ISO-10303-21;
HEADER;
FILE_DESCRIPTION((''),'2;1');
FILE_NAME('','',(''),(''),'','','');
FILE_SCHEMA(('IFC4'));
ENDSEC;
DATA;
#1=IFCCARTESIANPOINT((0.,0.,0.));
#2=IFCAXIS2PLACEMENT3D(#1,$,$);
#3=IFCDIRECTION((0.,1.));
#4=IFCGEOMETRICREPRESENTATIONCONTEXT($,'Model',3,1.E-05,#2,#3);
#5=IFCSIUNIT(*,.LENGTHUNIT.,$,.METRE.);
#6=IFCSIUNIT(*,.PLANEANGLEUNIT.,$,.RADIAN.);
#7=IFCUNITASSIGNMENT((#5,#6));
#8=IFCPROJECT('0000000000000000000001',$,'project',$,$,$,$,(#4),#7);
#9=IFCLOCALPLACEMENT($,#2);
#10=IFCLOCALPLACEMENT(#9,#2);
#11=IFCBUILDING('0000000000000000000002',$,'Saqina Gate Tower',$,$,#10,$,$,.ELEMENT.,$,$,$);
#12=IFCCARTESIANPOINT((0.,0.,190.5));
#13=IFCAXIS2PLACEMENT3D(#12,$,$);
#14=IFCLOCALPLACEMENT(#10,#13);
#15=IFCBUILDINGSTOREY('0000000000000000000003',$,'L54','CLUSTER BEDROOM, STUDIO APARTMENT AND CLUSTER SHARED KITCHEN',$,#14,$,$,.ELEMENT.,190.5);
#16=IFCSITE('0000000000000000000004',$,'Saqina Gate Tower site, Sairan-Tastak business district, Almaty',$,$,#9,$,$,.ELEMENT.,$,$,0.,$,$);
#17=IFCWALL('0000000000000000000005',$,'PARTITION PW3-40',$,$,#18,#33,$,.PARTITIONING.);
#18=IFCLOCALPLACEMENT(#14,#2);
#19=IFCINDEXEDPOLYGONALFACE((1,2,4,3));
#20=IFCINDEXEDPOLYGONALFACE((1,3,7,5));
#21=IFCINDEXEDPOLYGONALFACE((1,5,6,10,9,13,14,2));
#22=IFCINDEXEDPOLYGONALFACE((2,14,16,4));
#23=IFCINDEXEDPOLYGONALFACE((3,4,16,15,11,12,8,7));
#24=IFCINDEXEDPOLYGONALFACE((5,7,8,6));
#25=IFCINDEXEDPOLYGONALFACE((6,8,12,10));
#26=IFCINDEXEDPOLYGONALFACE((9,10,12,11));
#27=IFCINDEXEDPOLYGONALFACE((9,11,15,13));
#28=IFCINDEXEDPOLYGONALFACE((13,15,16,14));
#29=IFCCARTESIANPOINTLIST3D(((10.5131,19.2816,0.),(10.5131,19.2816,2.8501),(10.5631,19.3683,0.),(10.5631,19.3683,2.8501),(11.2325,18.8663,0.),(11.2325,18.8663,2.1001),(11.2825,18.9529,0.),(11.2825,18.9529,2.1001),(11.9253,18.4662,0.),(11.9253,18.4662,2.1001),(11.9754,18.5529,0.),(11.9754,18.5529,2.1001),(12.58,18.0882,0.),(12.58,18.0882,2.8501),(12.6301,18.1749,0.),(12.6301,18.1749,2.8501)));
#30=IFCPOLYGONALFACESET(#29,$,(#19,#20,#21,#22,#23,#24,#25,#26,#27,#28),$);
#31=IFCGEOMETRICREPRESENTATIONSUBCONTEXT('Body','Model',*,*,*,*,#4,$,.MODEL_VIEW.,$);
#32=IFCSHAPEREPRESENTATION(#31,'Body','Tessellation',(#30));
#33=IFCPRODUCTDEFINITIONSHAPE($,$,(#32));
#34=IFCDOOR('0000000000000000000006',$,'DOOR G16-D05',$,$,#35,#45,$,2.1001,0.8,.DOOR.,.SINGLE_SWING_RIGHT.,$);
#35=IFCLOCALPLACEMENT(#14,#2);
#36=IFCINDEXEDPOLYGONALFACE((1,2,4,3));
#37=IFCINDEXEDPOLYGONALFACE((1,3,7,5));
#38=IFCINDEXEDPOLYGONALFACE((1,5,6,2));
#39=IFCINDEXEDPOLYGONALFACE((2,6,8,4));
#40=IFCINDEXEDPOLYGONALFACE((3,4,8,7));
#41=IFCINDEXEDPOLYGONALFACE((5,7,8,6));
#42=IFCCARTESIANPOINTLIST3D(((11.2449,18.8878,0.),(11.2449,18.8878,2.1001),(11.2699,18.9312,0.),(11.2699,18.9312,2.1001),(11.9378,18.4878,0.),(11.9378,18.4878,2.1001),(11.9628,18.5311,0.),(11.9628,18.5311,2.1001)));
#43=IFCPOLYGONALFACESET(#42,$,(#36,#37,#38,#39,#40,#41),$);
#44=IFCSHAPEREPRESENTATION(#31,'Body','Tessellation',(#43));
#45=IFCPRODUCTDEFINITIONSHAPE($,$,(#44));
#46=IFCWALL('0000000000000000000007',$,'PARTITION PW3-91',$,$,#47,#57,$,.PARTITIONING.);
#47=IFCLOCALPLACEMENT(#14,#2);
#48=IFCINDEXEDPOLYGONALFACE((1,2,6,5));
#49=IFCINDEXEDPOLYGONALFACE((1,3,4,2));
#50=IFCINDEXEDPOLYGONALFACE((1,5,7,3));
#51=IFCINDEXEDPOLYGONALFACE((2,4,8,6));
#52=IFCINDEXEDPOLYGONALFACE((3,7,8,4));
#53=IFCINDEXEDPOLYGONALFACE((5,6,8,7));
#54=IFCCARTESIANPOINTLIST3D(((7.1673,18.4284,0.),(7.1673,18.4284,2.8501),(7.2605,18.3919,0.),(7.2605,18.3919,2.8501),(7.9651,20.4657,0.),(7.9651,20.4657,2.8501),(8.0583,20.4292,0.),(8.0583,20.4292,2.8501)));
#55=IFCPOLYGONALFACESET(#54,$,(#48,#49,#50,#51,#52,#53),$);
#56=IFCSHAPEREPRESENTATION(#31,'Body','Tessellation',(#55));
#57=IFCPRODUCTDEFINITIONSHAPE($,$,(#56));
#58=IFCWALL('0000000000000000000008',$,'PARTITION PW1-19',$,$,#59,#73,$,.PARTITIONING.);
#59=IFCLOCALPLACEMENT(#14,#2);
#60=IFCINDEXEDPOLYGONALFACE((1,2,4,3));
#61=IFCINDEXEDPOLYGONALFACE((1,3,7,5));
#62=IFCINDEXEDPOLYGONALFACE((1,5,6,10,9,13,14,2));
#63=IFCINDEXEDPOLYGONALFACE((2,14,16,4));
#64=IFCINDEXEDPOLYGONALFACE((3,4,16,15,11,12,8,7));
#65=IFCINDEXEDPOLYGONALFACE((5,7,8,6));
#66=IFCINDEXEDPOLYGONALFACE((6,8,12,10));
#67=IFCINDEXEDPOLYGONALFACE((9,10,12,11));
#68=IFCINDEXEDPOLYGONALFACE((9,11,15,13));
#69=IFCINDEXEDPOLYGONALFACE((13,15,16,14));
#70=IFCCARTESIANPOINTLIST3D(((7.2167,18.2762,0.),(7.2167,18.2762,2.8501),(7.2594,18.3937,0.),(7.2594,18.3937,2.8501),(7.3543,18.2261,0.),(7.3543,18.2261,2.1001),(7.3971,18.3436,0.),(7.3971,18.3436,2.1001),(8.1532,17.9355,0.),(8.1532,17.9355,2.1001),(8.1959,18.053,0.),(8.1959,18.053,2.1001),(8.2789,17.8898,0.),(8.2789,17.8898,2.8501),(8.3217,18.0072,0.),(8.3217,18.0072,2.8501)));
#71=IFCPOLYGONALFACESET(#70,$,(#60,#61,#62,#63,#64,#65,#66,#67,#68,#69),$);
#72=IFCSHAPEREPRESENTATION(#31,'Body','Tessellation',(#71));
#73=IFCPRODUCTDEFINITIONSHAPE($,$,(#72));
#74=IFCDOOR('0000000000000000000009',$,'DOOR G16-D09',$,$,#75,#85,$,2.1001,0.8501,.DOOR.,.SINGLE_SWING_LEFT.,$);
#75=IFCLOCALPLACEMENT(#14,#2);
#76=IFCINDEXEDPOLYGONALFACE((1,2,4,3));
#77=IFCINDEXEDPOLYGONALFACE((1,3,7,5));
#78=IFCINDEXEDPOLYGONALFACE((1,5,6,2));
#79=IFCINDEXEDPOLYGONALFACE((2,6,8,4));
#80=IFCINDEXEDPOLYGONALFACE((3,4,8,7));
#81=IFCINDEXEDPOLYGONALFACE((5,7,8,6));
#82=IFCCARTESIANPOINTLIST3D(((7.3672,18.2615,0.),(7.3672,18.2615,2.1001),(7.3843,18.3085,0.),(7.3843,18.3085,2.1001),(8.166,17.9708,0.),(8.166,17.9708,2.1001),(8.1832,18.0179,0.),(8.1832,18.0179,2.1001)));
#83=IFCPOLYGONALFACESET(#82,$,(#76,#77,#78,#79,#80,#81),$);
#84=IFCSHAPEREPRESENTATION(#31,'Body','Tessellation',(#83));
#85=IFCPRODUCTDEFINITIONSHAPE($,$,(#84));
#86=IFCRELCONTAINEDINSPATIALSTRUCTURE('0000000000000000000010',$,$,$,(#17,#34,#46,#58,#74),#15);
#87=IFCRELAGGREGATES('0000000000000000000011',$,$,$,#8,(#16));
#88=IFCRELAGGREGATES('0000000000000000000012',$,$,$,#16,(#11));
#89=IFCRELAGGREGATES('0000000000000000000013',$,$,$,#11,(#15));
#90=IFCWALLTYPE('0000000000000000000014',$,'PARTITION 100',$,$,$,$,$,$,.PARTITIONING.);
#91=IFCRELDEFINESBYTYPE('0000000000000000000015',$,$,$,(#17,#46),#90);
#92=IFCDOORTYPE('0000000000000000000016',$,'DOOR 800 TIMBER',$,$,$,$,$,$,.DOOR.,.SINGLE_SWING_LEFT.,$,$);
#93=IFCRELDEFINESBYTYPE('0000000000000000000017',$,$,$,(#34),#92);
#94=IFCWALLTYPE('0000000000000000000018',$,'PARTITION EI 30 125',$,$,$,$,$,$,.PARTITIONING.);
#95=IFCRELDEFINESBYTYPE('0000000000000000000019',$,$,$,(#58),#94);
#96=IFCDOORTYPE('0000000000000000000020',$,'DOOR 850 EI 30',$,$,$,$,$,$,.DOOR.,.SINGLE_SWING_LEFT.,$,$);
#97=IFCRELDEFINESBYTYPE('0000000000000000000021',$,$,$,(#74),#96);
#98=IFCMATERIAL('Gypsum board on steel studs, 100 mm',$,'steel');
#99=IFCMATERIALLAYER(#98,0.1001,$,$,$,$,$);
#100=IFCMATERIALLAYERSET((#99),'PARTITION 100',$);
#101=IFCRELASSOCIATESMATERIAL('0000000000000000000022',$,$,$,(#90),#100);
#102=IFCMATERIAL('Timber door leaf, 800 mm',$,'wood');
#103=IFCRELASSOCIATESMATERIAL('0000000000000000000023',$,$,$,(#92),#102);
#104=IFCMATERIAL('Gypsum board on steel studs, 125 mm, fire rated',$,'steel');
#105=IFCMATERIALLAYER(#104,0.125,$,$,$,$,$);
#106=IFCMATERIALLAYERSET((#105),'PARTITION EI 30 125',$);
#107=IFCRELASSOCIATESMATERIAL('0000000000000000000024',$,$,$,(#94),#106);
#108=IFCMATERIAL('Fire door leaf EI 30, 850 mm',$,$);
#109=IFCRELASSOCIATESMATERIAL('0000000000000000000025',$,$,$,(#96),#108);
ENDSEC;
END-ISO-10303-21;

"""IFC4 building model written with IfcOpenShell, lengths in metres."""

from ifc_helpers import new_model, si_unit, direction, frame, frame_2d, origin, place, context, subcontext, project, spatial, rectangle, extrude, material, layer, layer_set, type_object, element, fill, save


model = new_model("IFC4")

# Units and contexts
model_context = context("Model", 3, precision=1e-05, world=origin(), true_north=direction((0.0, 1.0)))
body_context = subcontext(model_context, "Body", "Model", "MODEL_VIEW")
ifc_project = project(units=[si_unit("LENGTHUNIT", "METRE"), si_unit("PLANEANGLEUNIT", "RADIAN")], contexts=[model_context])

# Site, building, storey
site_placement = place(None, origin())
site = spatial("IfcSite", under=ifc_project, at=site_placement, Name="Saqina Gate Tower site, Sairan-Tastak business district, Almaty", CompositionType="ELEMENT", RefElevation=0.0)
building_placement = place(site_placement, origin())
building = spatial("IfcBuilding", under=site, at=building_placement, Name="Saqina Gate Tower", CompositionType="ELEMENT")
storey_placement = place(building_placement, frame((0.0, 0.0, 190.5)))
storey = spatial("IfcBuildingStorey", under=building, at=storey_placement, Name="L54", Description="CLUSTER BEDROOM, STUDIO APARTMENT AND CLUSTER SHARED KITCHEN", CompositionType="ELEMENT", Elevation=190.5)

# Wall, opening, door
ifc_material_1 = material(Name="Gypsum board on steel studs, 100 mm", Category="steel")
ifc_layer_1 = layer(ifc_material_1, 0.1001)
ifc_layer_set_1 = layer_set([ifc_layer_1], Name="PARTITION 100")
wall_type_1 = type_object("IfcWallType", Name="PARTITION 100", PredefinedType="PARTITIONING", material=ifc_layer_set_1)
wall_1_placement = place(storey_placement, frame((10.5381, 19.325, 0.0), z_axis=(0.0, 0.0, 1.0), x_axis=(0.866019, -0.500012, 0.0)))
wall_1 = element("IfcWall", 1, at=wall_1_placement, inside=storey, type_object=wall_type_1, Name="PARTITION PW3-40", PredefinedType="PARTITIONING", context=body_context, shape_type="SweptSolid", body=[
    extrude(rectangle(XDim=2.3867, YDim=0.1001, at=frame_2d((1.1934, 0.0))), origin(), (0.0, 0.0, 1.0), 2.8501),
])
opening_1_placement = place(wall_1_placement, frame((0.8308, 0.0, 0.0)))
opening_1 = element("IfcOpeningElement", 2, at=opening_1_placement, cuts=wall_1, PredefinedType="OPENING", context=body_context, shape_type="SweptSolid", body=[
    extrude(rectangle(XDim=0.8, YDim=2.1001, at=frame_2d((0.3999, 1.05))), frame((0.0, 0.062, 0.0), z_axis=(0.0, -1.0, 0.0), x_axis=(1.0, 0.0, 0.0)), (0.0, 0.0, 1.0), 0.124),
])
ifc_material_2 = material(Name="Timber door leaf, 800 mm", Category="wood")
door_type_1 = type_object("IfcDoorType", Name="DOOR 800 TIMBER", OperationType="SINGLE_SWING_LEFT", PredefinedType="DOOR", material=ifc_material_2)
door_1_placement = place(opening_1_placement, origin())
door_1 = element("IfcDoor", 3, at=door_1_placement, inside=storey, type_object=door_type_1, Name="DOOR G16-D05", OperationType="SINGLE_SWING_RIGHT", OverallHeight=2.1001, OverallWidth=0.8, PredefinedType="DOOR", context=body_context, shape_type="SweptSolid", body=[
    extrude(rectangle(XDim=0.8, YDim=2.1001, at=frame_2d((0.3999, 1.05))), frame((0.0, 0.0249, 0.0), z_axis=(0.0, -1.0, 0.0), x_axis=(1.0, 0.0, 0.0)), (0.0, 0.0, 1.0), 0.05),
])
fill(opening_1, door_1)

# Wall
wall_2_placement = place(storey_placement, frame((7.2139, 18.4102, 0.0), z_axis=(0.0, 0.0, 1.0), x_axis=(0.364648, 0.931146, 0.0)))
element("IfcWall", 4, at=wall_2_placement, inside=storey, type_object=wall_type_1, Name="PARTITION PW3-91", PredefinedType="PARTITIONING", context=body_context, shape_type="SweptSolid", body=[
    extrude(rectangle(XDim=2.188, YDim=0.1001, at=frame_2d((1.094, 0.0))), origin(), (0.0, 0.0, 1.0), 2.8501),
])

# Wall, opening, door
ifc_material_3 = material(Name="Gypsum board on steel studs, 125 mm, fire rated", Category="steel")
ifc_layer_2 = layer(ifc_material_3, 0.125)
ifc_layer_set_2 = layer_set([ifc_layer_2], Name="PARTITION EI 30 125")
wall_type_2 = type_object("IfcWallType", Name="PARTITION EI 30 125", PredefinedType="PARTITIONING", material=ifc_layer_set_2)
wall_3_placement = place(storey_placement, frame((7.238, 18.335, 0.0), z_axis=(0.0, 0.0, 1.0), x_axis=(0.939737, -0.341899, 0.0)))
wall_3 = element("IfcWall", 5, at=wall_3_placement, inside=storey, type_object=wall_type_2, Name="PARTITION PW1-19", PredefinedType="PARTITIONING", context=body_context, shape_type="SweptSolid", body=[
    extrude(rectangle(XDim=1.1304, YDim=0.125, at=frame_2d((0.5652, 0.0))), origin(), (0.0, 0.0, 1.0), 2.8501),
])
opening_2_placement = place(wall_3_placement, frame((0.1465, 0.0, 0.0)))
opening_2 = element("IfcOpeningElement", 6, at=opening_2_placement, cuts=wall_3, PredefinedType="OPENING", context=body_context, shape_type="SweptSolid", body=[
    extrude(rectangle(XDim=0.8501, YDim=2.1001, at=frame_2d((0.425, 1.05))), frame((0.0, 0.0745, 0.0), z_axis=(0.0, -1.0, 0.0), x_axis=(1.0, 0.0, 0.0)), (0.0, 0.0, 1.0), 0.1489),
])
ifc_material_4 = material(Name="Fire door leaf EI 30, 850 mm")
door_type_2 = type_object("IfcDoorType", Name="DOOR 850 EI 30", OperationType="SINGLE_SWING_LEFT", PredefinedType="DOOR", material=ifc_material_4)
door_2_placement = place(opening_2_placement, frame((0.8501, 0.0, 0.0), z_axis=(0.0, 0.0, 1.0), x_axis=(-1.0, 0.0, 0.0)))
door_2 = element("IfcDoor", 7, at=door_2_placement, inside=storey, type_object=door_type_2, Name="DOOR G16-D09", OperationType="SINGLE_SWING_LEFT", OverallHeight=2.1001, OverallWidth=0.8501, PredefinedType="DOOR", context=body_context, shape_type="SweptSolid", body=[
    extrude(rectangle(XDim=0.8501, YDim=2.1001, at=frame_2d((0.425, 1.05))), frame((0.0, 0.0249, 0.0), z_axis=(0.0, -1.0, 0.0), x_axis=(1.0, 0.0, 0.0)), (0.0, 0.0, 1.0), 0.05),
])
fill(opening_2, door_2)

save(model, "model.ifc")
